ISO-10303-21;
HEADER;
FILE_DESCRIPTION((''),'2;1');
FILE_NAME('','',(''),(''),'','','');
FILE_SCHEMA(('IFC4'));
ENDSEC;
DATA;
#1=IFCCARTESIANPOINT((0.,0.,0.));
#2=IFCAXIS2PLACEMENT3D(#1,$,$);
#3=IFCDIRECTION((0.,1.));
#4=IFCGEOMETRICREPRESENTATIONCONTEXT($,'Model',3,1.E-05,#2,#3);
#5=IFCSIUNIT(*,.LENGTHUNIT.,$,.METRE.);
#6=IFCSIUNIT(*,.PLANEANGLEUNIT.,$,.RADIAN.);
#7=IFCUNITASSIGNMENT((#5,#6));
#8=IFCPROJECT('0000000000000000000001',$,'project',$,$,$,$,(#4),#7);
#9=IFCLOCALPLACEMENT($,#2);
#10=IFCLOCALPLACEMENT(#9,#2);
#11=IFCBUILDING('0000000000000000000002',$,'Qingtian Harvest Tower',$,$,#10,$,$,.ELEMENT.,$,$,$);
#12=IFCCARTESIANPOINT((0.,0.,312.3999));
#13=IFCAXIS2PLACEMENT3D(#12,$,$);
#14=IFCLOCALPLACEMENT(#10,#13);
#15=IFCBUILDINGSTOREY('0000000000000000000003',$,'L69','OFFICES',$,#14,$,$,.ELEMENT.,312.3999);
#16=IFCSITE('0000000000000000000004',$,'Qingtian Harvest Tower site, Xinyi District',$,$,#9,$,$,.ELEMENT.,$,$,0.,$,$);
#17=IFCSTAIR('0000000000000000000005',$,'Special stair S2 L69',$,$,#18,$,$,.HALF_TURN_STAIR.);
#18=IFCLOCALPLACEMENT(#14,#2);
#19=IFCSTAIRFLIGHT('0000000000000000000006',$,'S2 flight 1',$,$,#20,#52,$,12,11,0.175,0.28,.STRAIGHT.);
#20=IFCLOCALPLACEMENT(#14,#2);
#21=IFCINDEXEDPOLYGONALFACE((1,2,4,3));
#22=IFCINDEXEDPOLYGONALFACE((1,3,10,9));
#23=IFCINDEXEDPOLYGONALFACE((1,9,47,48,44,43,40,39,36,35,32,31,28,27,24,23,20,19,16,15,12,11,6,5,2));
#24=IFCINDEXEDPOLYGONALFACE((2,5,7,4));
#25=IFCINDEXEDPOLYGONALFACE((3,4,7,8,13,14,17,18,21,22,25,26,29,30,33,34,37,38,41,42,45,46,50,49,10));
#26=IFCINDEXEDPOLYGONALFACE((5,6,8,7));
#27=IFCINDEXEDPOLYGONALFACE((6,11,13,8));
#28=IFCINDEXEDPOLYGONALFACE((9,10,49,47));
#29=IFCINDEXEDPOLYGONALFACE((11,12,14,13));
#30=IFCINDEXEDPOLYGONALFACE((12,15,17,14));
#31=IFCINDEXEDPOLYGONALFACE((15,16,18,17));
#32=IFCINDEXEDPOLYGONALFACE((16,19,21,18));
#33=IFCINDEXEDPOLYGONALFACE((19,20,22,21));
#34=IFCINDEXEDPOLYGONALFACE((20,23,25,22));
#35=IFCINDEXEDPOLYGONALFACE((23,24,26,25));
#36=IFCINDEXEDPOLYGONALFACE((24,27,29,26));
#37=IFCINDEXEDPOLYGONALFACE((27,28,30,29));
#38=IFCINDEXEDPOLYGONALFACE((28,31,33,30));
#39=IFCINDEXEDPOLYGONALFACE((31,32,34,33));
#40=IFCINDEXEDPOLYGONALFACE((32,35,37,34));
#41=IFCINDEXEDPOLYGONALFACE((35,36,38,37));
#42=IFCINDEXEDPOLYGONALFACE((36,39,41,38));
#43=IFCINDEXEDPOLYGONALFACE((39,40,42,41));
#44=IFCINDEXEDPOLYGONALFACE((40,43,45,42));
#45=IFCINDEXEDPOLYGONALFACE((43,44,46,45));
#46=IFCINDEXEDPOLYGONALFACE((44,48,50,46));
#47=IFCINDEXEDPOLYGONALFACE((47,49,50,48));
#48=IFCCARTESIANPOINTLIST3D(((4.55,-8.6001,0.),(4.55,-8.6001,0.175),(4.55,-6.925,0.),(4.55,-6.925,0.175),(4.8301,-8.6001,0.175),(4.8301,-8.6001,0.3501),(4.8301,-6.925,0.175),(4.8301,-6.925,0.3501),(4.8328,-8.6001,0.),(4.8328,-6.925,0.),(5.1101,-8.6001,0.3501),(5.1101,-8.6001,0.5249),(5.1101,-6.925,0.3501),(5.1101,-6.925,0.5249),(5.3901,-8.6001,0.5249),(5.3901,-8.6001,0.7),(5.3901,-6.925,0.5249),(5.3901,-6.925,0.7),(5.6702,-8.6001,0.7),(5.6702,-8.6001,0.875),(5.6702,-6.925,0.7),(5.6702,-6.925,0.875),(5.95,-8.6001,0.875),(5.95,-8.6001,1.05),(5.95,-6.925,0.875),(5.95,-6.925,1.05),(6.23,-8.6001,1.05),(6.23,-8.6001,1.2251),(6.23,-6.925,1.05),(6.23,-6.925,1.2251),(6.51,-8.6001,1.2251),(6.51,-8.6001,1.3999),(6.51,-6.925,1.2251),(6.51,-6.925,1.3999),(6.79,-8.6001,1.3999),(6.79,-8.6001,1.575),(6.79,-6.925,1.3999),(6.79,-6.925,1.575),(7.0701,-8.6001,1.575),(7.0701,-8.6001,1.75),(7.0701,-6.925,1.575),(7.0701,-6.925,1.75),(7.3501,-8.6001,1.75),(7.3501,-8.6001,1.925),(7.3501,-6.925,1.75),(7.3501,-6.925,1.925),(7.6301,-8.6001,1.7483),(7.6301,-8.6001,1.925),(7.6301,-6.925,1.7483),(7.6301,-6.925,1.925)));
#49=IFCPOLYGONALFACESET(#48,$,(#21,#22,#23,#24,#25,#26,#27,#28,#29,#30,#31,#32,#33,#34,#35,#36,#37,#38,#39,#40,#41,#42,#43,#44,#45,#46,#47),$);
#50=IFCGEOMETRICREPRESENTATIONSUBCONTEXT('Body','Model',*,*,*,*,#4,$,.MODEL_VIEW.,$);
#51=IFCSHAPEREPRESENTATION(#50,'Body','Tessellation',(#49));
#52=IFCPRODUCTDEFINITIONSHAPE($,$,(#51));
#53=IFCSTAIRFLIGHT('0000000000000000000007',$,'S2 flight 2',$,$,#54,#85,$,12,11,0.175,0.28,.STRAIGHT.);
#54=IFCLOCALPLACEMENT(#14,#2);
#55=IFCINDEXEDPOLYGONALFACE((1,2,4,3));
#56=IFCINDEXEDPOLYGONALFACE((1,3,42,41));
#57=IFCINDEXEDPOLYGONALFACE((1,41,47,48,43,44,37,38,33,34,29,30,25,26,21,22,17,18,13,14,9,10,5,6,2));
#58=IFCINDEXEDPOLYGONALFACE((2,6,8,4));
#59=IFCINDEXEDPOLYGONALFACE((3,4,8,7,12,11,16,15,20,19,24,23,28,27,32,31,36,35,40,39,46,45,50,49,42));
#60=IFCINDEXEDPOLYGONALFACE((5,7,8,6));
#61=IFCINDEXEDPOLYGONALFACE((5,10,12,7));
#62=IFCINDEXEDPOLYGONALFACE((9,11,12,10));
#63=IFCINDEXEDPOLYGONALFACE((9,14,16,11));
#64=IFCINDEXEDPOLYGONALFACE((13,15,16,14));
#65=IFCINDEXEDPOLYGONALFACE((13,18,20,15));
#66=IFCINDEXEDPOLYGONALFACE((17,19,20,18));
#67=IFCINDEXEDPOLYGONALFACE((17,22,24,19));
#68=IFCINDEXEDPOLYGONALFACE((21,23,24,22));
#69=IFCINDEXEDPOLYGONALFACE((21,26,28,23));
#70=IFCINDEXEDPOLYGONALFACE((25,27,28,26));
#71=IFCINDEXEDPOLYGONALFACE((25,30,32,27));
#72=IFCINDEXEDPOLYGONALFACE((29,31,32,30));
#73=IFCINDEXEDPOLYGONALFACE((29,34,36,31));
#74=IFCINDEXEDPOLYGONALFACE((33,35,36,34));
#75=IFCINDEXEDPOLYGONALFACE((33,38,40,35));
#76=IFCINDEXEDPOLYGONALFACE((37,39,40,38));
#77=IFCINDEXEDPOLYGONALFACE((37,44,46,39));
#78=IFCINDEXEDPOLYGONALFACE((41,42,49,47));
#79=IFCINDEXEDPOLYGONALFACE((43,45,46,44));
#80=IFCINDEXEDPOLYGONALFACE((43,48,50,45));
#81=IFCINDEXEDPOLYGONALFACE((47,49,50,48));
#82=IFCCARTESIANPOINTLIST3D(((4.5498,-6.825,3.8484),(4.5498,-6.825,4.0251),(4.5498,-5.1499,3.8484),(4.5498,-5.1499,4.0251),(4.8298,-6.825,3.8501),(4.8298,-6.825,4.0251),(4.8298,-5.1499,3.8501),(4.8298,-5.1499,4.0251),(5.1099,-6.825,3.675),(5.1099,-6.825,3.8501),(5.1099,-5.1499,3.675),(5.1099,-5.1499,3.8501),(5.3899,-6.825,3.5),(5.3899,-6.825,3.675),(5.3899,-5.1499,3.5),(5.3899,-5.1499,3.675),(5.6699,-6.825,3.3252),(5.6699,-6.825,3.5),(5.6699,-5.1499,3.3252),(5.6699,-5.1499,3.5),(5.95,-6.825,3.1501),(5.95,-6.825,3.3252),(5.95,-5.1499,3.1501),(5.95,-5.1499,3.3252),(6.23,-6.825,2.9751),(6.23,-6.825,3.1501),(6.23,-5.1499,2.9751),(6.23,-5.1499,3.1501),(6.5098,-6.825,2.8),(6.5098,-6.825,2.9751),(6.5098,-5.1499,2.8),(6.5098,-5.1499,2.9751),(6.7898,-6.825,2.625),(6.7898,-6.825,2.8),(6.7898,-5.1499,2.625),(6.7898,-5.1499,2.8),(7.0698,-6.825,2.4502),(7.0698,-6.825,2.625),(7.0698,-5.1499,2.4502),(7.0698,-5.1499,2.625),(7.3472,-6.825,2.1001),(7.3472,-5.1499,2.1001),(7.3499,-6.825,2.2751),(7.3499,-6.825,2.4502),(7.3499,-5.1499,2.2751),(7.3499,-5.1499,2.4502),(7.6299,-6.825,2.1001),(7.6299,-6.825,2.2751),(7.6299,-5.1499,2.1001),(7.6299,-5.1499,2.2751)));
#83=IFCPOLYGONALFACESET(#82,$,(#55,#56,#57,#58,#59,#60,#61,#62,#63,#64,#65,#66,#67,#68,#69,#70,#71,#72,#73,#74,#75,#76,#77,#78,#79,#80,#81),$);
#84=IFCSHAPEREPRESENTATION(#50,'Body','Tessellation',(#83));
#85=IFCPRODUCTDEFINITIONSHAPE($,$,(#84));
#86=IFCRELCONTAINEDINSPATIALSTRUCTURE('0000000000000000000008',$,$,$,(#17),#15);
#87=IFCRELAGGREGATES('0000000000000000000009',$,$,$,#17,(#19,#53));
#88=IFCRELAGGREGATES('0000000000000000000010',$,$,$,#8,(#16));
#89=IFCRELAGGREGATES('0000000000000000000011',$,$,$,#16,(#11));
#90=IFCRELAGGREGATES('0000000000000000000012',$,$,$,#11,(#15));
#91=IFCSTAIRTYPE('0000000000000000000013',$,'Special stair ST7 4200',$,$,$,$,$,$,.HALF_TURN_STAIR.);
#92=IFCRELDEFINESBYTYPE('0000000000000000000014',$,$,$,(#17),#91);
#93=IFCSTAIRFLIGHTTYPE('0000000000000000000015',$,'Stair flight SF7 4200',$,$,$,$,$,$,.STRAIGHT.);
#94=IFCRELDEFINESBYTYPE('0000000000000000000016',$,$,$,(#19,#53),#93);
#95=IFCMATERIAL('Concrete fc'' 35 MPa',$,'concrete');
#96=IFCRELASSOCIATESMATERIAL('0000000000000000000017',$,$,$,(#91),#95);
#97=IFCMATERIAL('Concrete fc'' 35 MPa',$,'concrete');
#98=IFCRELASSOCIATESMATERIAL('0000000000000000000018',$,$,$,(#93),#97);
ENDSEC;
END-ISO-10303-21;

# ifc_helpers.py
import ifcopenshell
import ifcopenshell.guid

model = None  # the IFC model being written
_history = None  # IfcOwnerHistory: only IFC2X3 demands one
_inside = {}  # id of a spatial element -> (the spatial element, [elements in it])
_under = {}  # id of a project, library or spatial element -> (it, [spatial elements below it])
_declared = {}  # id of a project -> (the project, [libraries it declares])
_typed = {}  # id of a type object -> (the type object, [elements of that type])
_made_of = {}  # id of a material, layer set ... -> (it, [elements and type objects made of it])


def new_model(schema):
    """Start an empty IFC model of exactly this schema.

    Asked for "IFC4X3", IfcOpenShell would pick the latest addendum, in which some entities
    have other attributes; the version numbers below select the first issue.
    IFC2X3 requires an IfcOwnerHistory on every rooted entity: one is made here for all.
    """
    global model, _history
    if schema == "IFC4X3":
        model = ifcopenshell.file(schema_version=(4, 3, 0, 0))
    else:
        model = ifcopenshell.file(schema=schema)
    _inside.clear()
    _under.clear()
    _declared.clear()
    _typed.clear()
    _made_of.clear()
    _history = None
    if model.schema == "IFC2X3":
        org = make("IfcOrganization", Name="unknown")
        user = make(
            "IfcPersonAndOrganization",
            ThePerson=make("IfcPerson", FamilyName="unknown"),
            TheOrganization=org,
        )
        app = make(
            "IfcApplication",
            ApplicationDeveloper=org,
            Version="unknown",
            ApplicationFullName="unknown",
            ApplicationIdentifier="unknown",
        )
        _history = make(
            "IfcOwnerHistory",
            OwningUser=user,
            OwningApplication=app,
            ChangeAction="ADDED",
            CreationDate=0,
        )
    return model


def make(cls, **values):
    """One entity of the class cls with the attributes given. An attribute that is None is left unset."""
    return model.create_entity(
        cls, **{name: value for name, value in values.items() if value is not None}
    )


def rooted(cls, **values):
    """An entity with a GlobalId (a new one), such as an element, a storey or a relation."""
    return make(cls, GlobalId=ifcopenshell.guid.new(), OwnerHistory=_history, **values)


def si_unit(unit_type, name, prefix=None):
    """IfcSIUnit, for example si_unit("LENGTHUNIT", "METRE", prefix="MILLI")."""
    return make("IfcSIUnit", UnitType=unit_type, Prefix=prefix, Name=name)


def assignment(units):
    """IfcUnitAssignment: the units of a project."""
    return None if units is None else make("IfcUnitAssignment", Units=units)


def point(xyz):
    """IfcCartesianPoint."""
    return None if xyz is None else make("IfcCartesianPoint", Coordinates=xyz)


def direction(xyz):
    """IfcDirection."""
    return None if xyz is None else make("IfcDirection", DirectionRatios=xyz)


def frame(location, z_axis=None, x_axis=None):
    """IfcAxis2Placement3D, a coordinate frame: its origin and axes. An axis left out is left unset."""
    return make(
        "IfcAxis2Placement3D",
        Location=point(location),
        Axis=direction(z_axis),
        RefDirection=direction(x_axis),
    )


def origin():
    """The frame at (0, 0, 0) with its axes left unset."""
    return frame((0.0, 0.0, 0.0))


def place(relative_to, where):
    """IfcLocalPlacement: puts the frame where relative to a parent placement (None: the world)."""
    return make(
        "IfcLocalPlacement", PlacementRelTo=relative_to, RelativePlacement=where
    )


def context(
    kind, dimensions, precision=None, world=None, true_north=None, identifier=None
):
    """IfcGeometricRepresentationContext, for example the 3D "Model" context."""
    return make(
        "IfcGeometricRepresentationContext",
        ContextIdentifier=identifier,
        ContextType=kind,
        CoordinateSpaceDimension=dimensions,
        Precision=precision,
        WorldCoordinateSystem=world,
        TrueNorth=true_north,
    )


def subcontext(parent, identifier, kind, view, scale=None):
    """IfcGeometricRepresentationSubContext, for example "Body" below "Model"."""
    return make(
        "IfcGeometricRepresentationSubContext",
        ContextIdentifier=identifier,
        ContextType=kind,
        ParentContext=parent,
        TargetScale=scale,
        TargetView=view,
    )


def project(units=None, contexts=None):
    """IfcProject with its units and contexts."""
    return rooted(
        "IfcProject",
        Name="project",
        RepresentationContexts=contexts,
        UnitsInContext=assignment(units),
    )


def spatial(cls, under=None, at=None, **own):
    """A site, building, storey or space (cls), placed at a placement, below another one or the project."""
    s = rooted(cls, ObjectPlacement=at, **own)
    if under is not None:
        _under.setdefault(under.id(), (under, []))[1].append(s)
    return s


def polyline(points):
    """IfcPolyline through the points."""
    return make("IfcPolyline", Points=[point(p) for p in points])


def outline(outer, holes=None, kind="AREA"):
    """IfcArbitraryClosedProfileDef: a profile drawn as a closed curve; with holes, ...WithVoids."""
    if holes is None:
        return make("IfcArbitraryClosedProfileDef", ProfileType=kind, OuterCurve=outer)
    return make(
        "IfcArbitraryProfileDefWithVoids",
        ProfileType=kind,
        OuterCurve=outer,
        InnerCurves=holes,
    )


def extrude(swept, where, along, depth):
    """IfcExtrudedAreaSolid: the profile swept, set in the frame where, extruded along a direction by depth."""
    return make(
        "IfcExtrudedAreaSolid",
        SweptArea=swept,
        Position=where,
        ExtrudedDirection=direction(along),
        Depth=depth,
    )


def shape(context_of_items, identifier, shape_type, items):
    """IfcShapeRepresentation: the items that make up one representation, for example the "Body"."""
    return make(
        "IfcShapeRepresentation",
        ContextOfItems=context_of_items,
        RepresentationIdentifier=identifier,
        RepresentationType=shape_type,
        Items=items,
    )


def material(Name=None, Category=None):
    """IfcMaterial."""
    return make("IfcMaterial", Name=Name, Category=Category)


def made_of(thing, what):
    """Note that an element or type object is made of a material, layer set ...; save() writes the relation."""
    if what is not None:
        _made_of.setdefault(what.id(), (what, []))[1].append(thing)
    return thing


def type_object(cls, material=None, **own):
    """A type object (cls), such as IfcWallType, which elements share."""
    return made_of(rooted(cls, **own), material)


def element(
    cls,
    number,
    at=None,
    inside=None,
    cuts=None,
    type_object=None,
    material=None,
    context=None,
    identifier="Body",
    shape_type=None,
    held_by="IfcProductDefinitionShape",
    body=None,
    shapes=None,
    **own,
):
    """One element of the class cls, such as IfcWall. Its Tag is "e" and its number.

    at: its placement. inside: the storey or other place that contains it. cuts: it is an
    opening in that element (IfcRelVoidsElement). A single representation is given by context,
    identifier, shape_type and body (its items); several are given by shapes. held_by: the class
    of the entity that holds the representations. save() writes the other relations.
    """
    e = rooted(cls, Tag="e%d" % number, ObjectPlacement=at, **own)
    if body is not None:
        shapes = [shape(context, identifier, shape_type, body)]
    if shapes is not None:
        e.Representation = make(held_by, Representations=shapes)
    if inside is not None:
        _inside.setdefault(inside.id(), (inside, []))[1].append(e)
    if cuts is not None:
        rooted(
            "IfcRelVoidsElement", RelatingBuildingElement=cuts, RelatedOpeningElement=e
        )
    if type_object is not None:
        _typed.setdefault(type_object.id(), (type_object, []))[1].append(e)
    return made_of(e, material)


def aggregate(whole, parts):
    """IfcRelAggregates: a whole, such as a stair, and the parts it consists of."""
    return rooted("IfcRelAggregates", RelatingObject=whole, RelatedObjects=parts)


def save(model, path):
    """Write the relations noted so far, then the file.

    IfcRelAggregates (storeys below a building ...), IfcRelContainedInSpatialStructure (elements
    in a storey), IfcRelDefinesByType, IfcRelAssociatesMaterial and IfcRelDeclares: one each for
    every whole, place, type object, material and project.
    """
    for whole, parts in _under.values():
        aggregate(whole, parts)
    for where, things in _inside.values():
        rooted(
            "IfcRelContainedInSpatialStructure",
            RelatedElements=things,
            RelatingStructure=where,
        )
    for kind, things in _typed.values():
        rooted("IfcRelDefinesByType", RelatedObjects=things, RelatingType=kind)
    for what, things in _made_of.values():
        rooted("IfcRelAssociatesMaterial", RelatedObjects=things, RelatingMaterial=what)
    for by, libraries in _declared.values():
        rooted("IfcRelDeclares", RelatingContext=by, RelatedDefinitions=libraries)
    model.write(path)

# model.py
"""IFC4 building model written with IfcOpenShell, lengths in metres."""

from ifc_helpers import new_model, si_unit, direction, frame, origin, place, context, subcontext, project, spatial, polyline, outline, extrude, material, type_object, element, aggregate, save


model = new_model("IFC4")

# Units and contexts
model_context = context("Model", 3, precision=1e-05, world=origin(), true_north=direction((0.0, 1.0)))
body_context = subcontext(model_context, "Body", "Model", "MODEL_VIEW")
ifc_project = project(units=[si_unit("LENGTHUNIT", "METRE"), si_unit("PLANEANGLEUNIT", "RADIAN")], contexts=[model_context])

# Site, building, storey
site_placement = place(None, origin())
site = spatial("IfcSite", under=ifc_project, at=site_placement, Name="Qingtian Harvest Tower site, Xinyi District", CompositionType="ELEMENT", RefElevation=0.0)
building_placement = place(site_placement, origin())
building = spatial("IfcBuilding", under=site, at=building_placement, Name="Qingtian Harvest Tower", CompositionType="ELEMENT")
storey_placement = place(building_placement, frame((0.0, 0.0, 312.3999)))
storey = spatial("IfcBuildingStorey", under=building, at=storey_placement, Name="L69", Description="OFFICES", CompositionType="ELEMENT", Elevation=312.3999)

# Stair, stair flights
ifc_material_1 = material(Name="Concrete fc' 35 MPa", Category="concrete")
stair_type = type_object("IfcStairType", Name="Special stair ST7 4200", PredefinedType="HALF_TURN_STAIR", material=ifc_material_1)
stair_placement = place(storey_placement, origin())
stair = element("IfcStair", 1, at=stair_placement, inside=storey, type_object=stair_type, Name="Special stair S2 L69", PredefinedType="HALF_TURN_STAIR")
ifc_material_2 = material(Name="Concrete fc' 35 MPa", Category="concrete")
stair_flight_type = type_object("IfcStairFlightType", Name="Stair flight SF7 4200", PredefinedType="STRAIGHT", material=ifc_material_2)
stair_flight_1_placement = place(storey_placement, frame((4.55, -7.7625, 0.0), z_axis=(0.0, 0.0, 1.0), x_axis=(1.0, 0.0, 0.0)))
stair_flight_1 = element("IfcStairFlight", 2, at=stair_flight_1_placement, type_object=stair_flight_type, Name="S2 flight 1", NumberOfRisers=12, NumberOfTreads=11, PredefinedType="STRAIGHT", RiserHeight=0.175, TreadLength=0.28, context=body_context, shape_type="SweptSolid", body=[
    extrude(outline(polyline([(0.0, 0.0), (0.0, 0.175), (0.28, 0.175), (0.28, 0.3501), (0.5601, 0.3501), (0.5601, 0.5249), (0.8401, 0.5249), (0.8401, 0.7), (1.1201, 0.7), (1.1201, 0.875), (1.3999, 0.875), (1.3999, 1.05), (1.6799, 1.05), (1.6799, 1.2251), (1.96, 1.2251), (1.96, 1.3999), (2.24, 1.3999), (2.24, 1.575), (2.52, 1.575), (2.52, 1.75), (2.8, 1.75), (2.8, 1.925), (3.0801, 1.925), (3.0801, 2.1001), (3.0801, 1.7483), (0.2827, 0.0), (0.0, 0.0)])), frame((0.0, 0.8374, 0.0), z_axis=(0.0, -1.0, 0.0), x_axis=(1.0, 0.0, 0.0)), (0.0, 0.0, 1.0), 1.675),
])
stair_flight_2_placement = place(storey_placement, frame((7.6299, -5.9875, 2.1001), z_axis=(0.0, 0.0, 1.0), x_axis=(-1.0, 0.0, 0.0)))
stair_flight_2 = element("IfcStairFlight", 3, at=stair_flight_2_placement, type_object=stair_flight_type, Name="S2 flight 2", NumberOfRisers=12, NumberOfTreads=11, PredefinedType="STRAIGHT", RiserHeight=0.175, TreadLength=0.28, context=body_context, shape_type="SweptSolid", body=[
    extrude(outline(polyline([(0.0, 0.0), (0.0, 0.175), (0.28, 0.175), (0.28, 0.3501), (0.5601, 0.3501), (0.5601, 0.5249), (0.8401, 0.5249), (0.8401, 0.7), (1.1201, 0.7), (1.1201, 0.875), (1.3999, 0.875), (1.3999, 1.05), (1.6799, 1.05), (1.6799, 1.2251), (1.96, 1.2251), (1.96, 1.3999), (2.24, 1.3999), (2.24, 1.575), (2.52, 1.575), (2.52, 1.75), (2.8, 1.75), (2.8, 1.925), (3.0801, 1.925), (3.0801, 2.1001), (3.0801, 1.7483), (0.2827, 0.0), (0.0, 0.0)])), frame((0.0, 0.8374, 0.0), z_axis=(0.0, -1.0, 0.0), x_axis=(1.0, 0.0, 0.0)), (0.0, 0.0, 1.0), 1.675),
])
aggregate(stair, [stair_flight_1, stair_flight_2])

save(model, "model.ifc")
